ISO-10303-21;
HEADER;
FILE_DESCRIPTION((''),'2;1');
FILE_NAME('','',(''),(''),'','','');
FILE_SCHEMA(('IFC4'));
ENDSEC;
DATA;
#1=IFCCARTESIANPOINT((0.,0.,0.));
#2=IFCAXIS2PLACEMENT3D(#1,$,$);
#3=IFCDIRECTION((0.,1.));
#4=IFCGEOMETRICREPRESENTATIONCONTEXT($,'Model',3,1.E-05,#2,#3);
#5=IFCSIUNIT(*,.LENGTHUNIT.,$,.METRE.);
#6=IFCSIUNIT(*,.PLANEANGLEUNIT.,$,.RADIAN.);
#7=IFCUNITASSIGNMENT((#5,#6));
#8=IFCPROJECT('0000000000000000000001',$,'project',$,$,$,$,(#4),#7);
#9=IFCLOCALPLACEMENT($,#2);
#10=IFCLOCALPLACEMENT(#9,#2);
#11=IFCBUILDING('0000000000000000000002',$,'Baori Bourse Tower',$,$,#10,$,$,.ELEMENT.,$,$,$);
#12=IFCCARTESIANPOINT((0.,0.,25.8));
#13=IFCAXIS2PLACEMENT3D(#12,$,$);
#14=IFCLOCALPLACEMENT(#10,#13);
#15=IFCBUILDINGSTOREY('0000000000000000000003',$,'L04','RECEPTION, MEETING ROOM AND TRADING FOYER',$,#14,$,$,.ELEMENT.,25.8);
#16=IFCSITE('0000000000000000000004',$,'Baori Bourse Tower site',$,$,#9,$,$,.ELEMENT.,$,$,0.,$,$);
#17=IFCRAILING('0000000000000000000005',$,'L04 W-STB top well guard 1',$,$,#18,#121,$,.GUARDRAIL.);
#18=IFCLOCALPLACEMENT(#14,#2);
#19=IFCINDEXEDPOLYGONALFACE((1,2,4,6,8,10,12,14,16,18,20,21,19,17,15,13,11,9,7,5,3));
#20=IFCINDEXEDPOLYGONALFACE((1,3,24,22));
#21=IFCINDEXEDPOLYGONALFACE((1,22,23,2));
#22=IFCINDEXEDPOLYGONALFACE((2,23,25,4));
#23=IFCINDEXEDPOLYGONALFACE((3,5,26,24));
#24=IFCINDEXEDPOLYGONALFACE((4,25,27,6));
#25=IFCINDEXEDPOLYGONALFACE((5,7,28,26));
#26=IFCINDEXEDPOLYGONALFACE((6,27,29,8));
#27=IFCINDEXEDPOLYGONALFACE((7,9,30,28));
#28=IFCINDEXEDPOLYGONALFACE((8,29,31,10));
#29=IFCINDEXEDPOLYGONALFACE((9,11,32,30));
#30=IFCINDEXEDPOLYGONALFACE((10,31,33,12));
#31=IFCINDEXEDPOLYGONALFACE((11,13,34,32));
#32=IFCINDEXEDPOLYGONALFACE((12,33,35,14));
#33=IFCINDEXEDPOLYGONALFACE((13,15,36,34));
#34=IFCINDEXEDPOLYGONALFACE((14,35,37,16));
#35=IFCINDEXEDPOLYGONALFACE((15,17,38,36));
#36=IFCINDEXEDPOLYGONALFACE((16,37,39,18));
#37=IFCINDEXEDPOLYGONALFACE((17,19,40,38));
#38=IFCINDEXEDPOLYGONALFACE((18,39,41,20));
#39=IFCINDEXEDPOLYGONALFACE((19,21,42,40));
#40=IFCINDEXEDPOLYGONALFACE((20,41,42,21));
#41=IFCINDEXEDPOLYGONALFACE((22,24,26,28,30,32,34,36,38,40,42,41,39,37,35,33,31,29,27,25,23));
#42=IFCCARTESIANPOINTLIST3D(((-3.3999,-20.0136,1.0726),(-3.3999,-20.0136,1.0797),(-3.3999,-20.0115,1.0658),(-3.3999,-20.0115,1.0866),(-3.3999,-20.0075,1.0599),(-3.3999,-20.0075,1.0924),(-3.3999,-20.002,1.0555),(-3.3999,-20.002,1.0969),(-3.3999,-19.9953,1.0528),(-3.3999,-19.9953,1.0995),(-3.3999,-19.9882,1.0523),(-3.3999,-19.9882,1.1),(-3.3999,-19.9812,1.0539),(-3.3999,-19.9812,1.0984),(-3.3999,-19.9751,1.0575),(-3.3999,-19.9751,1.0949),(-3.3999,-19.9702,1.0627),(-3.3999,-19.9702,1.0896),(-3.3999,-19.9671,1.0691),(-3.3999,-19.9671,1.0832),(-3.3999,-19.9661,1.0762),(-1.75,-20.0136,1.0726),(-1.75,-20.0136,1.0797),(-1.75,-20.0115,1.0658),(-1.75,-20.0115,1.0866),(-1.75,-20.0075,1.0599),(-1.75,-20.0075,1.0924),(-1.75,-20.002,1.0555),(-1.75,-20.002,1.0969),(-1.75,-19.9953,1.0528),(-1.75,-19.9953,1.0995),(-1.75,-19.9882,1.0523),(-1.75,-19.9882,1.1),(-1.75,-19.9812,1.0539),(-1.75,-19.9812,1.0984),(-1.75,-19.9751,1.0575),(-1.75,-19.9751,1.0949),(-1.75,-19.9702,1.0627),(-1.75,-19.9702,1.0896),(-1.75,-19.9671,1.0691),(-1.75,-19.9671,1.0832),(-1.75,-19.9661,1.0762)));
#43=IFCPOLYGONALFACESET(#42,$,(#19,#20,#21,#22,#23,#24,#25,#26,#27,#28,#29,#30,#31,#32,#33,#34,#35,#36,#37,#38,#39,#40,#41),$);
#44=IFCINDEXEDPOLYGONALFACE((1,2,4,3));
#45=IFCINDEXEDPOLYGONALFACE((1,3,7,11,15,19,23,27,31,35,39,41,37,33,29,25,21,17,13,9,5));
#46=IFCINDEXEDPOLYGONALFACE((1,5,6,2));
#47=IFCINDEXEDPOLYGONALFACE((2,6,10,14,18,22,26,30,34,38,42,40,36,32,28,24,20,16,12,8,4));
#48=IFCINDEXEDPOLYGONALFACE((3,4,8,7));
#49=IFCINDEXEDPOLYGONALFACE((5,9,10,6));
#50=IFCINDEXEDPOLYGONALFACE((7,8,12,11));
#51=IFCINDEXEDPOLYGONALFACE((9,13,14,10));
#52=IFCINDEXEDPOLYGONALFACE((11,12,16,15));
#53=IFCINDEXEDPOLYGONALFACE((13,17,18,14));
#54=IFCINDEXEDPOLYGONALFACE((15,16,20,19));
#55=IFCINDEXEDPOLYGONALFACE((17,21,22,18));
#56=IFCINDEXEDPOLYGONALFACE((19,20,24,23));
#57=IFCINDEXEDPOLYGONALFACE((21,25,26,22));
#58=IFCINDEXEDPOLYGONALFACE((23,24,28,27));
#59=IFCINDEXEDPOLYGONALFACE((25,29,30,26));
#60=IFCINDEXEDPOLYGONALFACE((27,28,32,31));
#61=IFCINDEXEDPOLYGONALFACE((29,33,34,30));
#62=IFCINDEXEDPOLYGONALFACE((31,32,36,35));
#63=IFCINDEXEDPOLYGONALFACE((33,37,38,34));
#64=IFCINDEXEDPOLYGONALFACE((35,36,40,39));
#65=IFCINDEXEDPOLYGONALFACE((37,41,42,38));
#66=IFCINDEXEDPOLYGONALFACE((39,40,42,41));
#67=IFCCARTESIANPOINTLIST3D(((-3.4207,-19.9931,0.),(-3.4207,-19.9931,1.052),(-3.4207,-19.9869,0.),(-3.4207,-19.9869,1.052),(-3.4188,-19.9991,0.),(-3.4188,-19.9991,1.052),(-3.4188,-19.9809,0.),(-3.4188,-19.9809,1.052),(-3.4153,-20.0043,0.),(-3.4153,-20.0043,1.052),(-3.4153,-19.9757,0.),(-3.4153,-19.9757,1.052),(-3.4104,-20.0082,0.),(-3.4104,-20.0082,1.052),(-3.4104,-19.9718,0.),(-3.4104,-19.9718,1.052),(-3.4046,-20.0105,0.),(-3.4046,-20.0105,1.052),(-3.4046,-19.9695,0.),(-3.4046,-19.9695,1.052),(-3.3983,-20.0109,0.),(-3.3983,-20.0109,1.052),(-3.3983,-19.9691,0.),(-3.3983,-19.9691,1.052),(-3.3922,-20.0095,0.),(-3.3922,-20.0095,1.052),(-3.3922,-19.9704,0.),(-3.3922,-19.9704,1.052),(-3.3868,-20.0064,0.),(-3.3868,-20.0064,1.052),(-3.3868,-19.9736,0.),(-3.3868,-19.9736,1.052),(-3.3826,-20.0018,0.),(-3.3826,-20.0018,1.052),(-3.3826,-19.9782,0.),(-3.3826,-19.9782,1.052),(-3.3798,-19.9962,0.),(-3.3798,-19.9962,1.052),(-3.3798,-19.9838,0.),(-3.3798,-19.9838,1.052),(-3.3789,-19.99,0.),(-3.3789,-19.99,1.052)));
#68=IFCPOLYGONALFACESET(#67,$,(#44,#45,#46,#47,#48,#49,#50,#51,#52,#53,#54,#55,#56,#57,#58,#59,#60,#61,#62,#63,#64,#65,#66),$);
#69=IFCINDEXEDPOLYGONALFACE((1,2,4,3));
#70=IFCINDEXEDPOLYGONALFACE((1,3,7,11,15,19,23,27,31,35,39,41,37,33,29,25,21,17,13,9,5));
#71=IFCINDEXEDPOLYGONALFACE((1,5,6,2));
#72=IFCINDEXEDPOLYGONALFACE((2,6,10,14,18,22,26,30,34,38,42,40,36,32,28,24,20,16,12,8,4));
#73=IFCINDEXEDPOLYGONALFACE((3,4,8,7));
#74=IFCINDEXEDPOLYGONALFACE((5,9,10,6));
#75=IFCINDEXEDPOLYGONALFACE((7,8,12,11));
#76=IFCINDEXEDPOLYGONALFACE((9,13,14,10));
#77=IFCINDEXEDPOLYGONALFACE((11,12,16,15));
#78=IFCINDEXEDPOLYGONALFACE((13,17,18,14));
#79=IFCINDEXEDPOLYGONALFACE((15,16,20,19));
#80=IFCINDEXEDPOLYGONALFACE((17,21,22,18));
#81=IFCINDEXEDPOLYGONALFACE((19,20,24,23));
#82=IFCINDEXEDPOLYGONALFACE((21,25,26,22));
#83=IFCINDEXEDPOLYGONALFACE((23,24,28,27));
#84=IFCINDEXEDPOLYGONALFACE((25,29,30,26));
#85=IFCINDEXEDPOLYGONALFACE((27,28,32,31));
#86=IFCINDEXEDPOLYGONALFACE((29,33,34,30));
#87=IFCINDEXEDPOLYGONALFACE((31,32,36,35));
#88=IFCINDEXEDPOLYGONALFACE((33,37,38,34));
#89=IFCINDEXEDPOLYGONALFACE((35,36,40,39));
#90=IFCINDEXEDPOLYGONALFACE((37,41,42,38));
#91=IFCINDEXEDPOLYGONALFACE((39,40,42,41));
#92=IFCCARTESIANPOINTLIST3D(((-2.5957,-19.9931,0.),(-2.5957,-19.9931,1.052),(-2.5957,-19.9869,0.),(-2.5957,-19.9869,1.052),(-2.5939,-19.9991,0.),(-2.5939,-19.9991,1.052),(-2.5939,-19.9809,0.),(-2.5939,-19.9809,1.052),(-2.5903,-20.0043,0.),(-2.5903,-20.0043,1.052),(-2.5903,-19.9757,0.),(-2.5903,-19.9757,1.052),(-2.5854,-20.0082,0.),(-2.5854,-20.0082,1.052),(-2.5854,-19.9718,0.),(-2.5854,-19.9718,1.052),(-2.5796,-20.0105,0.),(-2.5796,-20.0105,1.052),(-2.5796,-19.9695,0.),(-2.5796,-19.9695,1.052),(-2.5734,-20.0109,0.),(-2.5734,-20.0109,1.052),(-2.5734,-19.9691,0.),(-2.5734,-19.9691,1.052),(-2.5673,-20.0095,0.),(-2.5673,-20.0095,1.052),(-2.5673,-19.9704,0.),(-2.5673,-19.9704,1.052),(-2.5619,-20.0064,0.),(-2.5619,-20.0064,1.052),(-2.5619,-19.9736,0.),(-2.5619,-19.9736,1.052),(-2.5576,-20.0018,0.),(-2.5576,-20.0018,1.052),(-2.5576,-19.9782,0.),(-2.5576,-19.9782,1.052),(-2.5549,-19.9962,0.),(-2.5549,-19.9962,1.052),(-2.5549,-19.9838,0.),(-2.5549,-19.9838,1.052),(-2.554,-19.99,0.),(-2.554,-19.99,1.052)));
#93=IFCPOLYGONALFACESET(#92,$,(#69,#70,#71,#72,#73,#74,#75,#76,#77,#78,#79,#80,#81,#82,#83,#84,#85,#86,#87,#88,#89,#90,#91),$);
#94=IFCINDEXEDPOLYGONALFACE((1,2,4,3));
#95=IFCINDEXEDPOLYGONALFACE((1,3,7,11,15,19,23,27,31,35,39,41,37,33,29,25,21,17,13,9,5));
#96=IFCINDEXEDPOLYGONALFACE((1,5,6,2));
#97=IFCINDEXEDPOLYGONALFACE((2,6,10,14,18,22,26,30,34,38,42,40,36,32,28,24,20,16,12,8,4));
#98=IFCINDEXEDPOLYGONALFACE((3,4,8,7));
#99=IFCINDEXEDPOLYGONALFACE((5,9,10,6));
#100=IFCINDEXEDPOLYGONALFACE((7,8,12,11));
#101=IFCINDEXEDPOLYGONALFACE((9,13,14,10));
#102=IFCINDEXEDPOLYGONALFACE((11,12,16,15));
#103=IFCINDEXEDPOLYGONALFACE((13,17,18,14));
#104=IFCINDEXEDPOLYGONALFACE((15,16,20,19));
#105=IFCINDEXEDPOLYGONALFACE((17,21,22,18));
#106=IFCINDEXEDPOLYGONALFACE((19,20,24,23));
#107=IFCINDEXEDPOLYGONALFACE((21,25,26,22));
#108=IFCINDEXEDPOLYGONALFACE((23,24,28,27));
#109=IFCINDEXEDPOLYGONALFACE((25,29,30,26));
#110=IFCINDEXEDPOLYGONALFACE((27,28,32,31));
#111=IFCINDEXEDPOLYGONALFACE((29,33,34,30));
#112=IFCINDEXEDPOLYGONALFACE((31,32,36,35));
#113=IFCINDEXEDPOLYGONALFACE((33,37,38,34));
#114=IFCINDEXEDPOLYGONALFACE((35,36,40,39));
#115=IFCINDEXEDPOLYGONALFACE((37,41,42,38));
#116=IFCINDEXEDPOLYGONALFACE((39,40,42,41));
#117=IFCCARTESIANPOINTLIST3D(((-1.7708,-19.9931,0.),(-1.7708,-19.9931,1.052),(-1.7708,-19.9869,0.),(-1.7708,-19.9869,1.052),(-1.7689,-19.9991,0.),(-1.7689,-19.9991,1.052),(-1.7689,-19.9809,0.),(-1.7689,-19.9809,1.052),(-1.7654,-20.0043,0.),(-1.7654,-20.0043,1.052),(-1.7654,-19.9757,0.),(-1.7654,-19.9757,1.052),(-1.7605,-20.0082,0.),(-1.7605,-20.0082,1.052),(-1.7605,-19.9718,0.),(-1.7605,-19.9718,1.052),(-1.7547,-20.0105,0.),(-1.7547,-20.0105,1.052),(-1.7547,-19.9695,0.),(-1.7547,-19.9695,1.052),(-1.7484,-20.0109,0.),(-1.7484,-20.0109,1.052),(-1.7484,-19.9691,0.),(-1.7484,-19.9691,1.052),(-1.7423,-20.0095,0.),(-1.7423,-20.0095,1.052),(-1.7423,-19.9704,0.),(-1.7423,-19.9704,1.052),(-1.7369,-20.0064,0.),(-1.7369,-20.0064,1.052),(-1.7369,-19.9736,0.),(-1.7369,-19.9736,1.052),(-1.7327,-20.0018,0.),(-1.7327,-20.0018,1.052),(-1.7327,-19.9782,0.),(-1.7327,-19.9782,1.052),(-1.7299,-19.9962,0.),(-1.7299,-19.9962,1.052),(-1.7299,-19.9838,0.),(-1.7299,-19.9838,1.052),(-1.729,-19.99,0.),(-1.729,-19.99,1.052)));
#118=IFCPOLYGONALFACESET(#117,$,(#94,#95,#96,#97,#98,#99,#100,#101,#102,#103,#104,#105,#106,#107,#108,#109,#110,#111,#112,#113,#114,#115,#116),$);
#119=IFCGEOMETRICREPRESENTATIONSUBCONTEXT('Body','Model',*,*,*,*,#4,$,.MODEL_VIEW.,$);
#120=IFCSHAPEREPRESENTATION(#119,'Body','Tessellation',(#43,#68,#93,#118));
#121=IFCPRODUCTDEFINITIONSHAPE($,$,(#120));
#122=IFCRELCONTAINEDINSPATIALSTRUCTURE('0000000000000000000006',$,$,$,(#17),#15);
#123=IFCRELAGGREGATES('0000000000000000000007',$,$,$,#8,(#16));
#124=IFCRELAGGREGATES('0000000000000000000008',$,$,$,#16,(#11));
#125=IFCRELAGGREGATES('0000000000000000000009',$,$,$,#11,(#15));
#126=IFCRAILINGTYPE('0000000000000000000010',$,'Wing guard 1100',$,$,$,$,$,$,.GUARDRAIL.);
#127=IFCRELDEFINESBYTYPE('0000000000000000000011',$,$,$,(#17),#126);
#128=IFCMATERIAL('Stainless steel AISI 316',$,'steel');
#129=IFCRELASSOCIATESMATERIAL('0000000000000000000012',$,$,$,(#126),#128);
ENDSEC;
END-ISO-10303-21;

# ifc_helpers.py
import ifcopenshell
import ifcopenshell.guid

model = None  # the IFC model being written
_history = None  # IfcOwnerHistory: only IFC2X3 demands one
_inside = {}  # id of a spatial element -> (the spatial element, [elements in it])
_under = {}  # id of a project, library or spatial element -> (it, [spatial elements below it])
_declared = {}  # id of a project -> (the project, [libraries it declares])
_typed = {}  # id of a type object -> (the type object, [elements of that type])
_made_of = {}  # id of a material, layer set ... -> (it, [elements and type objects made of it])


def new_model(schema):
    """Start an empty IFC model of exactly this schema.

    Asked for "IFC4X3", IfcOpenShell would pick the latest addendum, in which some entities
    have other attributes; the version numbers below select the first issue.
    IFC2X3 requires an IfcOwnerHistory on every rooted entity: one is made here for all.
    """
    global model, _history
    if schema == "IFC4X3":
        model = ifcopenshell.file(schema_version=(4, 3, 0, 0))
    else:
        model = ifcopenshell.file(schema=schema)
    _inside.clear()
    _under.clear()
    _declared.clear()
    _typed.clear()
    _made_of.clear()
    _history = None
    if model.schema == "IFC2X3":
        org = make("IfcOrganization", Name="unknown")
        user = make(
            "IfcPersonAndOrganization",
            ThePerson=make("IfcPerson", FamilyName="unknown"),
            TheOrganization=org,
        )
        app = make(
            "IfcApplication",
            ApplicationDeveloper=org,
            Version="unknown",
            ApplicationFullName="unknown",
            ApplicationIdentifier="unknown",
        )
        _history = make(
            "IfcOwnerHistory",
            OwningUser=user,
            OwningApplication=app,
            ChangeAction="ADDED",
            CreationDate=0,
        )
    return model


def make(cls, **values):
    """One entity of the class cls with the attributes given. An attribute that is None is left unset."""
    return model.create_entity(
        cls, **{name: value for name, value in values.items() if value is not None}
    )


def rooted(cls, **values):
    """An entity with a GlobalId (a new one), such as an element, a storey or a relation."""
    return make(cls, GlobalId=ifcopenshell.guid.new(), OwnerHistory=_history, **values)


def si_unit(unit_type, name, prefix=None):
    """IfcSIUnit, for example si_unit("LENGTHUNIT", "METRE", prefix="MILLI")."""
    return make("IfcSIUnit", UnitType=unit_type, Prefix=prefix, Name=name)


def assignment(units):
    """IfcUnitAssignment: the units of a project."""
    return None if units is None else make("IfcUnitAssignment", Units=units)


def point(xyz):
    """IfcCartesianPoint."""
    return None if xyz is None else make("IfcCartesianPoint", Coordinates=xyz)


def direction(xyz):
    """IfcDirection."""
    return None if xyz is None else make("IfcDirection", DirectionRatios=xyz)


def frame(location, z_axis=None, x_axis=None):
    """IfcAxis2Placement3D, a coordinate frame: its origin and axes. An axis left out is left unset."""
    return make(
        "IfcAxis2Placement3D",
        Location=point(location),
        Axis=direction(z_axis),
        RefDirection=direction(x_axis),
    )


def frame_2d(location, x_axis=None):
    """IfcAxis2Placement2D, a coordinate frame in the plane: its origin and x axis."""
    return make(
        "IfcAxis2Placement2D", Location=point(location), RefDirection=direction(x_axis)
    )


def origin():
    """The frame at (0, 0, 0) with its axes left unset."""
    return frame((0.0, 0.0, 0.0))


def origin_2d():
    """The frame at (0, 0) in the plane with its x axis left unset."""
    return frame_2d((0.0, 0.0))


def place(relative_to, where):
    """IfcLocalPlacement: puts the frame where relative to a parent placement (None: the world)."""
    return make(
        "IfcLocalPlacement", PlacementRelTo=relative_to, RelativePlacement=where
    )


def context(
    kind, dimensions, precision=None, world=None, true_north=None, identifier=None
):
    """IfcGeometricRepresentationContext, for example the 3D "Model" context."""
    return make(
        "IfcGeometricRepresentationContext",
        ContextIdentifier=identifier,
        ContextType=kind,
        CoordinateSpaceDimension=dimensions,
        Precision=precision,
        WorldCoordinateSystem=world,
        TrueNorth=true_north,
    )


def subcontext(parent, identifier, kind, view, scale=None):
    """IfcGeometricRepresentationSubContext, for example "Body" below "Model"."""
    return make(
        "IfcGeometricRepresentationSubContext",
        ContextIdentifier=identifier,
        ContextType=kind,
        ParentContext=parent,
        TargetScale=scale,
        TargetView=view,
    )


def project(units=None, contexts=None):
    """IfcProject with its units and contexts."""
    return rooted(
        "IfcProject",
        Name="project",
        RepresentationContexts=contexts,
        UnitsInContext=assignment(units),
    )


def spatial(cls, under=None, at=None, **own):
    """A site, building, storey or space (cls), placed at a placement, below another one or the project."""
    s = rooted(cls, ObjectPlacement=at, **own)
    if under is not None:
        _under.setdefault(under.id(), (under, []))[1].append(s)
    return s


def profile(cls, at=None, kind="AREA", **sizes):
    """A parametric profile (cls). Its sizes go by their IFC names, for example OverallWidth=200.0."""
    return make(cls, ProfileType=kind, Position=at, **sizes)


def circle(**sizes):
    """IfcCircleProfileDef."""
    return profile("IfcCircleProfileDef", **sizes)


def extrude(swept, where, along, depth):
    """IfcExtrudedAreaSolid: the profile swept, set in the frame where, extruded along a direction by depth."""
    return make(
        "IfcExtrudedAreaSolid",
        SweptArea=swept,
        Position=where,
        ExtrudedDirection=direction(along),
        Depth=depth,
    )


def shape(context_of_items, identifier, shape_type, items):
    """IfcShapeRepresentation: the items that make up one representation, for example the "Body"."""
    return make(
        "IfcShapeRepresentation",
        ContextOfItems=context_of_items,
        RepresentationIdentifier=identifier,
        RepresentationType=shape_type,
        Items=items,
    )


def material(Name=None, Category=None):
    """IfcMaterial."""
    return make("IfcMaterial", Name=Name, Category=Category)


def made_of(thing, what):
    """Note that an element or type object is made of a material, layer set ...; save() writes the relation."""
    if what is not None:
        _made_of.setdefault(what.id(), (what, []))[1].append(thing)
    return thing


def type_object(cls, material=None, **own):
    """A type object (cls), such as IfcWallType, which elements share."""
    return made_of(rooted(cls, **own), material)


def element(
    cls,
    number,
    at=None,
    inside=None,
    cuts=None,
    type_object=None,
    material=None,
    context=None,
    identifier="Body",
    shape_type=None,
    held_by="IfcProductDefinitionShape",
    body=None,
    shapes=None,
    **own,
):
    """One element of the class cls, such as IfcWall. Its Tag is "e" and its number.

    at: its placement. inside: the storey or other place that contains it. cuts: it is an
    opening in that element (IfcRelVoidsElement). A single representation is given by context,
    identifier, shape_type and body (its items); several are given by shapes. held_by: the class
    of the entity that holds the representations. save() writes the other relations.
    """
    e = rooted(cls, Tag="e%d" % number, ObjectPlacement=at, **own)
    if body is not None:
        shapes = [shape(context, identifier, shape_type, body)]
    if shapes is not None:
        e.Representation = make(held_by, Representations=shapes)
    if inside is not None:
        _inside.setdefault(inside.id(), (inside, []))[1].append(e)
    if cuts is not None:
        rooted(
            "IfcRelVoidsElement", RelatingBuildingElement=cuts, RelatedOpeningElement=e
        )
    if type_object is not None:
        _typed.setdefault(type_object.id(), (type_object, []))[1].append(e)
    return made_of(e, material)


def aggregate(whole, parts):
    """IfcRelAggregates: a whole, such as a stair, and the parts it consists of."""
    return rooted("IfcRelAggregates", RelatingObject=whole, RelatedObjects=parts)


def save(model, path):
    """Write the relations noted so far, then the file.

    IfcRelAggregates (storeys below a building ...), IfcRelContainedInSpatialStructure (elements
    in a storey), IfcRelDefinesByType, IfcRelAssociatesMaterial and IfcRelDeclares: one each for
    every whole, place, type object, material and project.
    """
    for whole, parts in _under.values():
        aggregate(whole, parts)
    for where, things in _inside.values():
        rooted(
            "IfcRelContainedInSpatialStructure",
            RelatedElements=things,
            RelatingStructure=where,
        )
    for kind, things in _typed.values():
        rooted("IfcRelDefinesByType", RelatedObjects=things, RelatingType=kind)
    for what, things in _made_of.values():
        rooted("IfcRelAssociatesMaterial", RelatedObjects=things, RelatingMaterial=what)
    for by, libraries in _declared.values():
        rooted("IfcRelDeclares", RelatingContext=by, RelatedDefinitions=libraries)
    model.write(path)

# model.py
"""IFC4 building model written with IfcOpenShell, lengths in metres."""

from ifc_helpers import new_model, si_unit, direction, frame, origin, origin_2d, place, context, subcontext, project, spatial, circle, extrude, material, type_object, element, save


model = new_model("IFC4")

# Units and contexts
model_context = context("Model", 3, precision=1e-05, world=origin(), true_north=direction((0.0, 1.0)))
body_context = subcontext(model_context, "Body", "Model", "MODEL_VIEW")
ifc_project = project(units=[si_unit("LENGTHUNIT", "METRE"), si_unit("PLANEANGLEUNIT", "RADIAN")], contexts=[model_context])

# Site, building, storey
site_placement = place(None, origin())
site = spatial("IfcSite", under=ifc_project, at=site_placement, Name="Baori Bourse Tower site", CompositionType="ELEMENT", RefElevation=0.0)
building_placement = place(site_placement, origin())
building = spatial("IfcBuilding", under=site, at=building_placement, Name="Baori Bourse Tower", CompositionType="ELEMENT")
storey_placement = place(building_placement, frame((0.0, 0.0, 25.8)))
storey = spatial("IfcBuildingStorey", under=building, at=storey_placement, Name="L04", Description="RECEPTION, MEETING ROOM AND TRADING FOYER", CompositionType="ELEMENT", Elevation=25.8)

# Railing
ifc_material_1 = material(Name="Stainless steel AISI 316", Category="steel")
railing_type = type_object("IfcRailingType", Name="Wing guard 1100", PredefinedType="GUARDRAIL", material=ifc_material_1)
railing_placement = place(storey_placement, frame((-3.3999, -19.99, 0.0)))
element("IfcRailing", 1, at=railing_placement, inside=storey, type_object=railing_type, Name="L04 W-STB top well guard 1", PredefinedType="GUARDRAIL", context=body_context, shape_type="SweptSolid", body=[
    extrude(circle(Radius=0.0239, at=origin_2d()), frame((0.0, 0.0, 1.0762), z_axis=(1.0, 0.0, 0.0), x_axis=(0.0, 1.0, 0.0)), (0.0, 0.0, 1.0), 1.6499),
    extrude(circle(Radius=0.021, at=origin_2d()), origin(), (0.0, 0.0, 1.0), 1.052),
    extrude(circle(Radius=0.021, at=origin_2d()), frame((0.825, 0.0, 0.0)), (0.0, 0.0, 1.0), 1.052),
    extrude(circle(Radius=0.021, at=origin_2d()), frame((1.6499, 0.0, 0.0)), (0.0, 0.0, 1.0), 1.052),
])

save(model, "model.ifc")
